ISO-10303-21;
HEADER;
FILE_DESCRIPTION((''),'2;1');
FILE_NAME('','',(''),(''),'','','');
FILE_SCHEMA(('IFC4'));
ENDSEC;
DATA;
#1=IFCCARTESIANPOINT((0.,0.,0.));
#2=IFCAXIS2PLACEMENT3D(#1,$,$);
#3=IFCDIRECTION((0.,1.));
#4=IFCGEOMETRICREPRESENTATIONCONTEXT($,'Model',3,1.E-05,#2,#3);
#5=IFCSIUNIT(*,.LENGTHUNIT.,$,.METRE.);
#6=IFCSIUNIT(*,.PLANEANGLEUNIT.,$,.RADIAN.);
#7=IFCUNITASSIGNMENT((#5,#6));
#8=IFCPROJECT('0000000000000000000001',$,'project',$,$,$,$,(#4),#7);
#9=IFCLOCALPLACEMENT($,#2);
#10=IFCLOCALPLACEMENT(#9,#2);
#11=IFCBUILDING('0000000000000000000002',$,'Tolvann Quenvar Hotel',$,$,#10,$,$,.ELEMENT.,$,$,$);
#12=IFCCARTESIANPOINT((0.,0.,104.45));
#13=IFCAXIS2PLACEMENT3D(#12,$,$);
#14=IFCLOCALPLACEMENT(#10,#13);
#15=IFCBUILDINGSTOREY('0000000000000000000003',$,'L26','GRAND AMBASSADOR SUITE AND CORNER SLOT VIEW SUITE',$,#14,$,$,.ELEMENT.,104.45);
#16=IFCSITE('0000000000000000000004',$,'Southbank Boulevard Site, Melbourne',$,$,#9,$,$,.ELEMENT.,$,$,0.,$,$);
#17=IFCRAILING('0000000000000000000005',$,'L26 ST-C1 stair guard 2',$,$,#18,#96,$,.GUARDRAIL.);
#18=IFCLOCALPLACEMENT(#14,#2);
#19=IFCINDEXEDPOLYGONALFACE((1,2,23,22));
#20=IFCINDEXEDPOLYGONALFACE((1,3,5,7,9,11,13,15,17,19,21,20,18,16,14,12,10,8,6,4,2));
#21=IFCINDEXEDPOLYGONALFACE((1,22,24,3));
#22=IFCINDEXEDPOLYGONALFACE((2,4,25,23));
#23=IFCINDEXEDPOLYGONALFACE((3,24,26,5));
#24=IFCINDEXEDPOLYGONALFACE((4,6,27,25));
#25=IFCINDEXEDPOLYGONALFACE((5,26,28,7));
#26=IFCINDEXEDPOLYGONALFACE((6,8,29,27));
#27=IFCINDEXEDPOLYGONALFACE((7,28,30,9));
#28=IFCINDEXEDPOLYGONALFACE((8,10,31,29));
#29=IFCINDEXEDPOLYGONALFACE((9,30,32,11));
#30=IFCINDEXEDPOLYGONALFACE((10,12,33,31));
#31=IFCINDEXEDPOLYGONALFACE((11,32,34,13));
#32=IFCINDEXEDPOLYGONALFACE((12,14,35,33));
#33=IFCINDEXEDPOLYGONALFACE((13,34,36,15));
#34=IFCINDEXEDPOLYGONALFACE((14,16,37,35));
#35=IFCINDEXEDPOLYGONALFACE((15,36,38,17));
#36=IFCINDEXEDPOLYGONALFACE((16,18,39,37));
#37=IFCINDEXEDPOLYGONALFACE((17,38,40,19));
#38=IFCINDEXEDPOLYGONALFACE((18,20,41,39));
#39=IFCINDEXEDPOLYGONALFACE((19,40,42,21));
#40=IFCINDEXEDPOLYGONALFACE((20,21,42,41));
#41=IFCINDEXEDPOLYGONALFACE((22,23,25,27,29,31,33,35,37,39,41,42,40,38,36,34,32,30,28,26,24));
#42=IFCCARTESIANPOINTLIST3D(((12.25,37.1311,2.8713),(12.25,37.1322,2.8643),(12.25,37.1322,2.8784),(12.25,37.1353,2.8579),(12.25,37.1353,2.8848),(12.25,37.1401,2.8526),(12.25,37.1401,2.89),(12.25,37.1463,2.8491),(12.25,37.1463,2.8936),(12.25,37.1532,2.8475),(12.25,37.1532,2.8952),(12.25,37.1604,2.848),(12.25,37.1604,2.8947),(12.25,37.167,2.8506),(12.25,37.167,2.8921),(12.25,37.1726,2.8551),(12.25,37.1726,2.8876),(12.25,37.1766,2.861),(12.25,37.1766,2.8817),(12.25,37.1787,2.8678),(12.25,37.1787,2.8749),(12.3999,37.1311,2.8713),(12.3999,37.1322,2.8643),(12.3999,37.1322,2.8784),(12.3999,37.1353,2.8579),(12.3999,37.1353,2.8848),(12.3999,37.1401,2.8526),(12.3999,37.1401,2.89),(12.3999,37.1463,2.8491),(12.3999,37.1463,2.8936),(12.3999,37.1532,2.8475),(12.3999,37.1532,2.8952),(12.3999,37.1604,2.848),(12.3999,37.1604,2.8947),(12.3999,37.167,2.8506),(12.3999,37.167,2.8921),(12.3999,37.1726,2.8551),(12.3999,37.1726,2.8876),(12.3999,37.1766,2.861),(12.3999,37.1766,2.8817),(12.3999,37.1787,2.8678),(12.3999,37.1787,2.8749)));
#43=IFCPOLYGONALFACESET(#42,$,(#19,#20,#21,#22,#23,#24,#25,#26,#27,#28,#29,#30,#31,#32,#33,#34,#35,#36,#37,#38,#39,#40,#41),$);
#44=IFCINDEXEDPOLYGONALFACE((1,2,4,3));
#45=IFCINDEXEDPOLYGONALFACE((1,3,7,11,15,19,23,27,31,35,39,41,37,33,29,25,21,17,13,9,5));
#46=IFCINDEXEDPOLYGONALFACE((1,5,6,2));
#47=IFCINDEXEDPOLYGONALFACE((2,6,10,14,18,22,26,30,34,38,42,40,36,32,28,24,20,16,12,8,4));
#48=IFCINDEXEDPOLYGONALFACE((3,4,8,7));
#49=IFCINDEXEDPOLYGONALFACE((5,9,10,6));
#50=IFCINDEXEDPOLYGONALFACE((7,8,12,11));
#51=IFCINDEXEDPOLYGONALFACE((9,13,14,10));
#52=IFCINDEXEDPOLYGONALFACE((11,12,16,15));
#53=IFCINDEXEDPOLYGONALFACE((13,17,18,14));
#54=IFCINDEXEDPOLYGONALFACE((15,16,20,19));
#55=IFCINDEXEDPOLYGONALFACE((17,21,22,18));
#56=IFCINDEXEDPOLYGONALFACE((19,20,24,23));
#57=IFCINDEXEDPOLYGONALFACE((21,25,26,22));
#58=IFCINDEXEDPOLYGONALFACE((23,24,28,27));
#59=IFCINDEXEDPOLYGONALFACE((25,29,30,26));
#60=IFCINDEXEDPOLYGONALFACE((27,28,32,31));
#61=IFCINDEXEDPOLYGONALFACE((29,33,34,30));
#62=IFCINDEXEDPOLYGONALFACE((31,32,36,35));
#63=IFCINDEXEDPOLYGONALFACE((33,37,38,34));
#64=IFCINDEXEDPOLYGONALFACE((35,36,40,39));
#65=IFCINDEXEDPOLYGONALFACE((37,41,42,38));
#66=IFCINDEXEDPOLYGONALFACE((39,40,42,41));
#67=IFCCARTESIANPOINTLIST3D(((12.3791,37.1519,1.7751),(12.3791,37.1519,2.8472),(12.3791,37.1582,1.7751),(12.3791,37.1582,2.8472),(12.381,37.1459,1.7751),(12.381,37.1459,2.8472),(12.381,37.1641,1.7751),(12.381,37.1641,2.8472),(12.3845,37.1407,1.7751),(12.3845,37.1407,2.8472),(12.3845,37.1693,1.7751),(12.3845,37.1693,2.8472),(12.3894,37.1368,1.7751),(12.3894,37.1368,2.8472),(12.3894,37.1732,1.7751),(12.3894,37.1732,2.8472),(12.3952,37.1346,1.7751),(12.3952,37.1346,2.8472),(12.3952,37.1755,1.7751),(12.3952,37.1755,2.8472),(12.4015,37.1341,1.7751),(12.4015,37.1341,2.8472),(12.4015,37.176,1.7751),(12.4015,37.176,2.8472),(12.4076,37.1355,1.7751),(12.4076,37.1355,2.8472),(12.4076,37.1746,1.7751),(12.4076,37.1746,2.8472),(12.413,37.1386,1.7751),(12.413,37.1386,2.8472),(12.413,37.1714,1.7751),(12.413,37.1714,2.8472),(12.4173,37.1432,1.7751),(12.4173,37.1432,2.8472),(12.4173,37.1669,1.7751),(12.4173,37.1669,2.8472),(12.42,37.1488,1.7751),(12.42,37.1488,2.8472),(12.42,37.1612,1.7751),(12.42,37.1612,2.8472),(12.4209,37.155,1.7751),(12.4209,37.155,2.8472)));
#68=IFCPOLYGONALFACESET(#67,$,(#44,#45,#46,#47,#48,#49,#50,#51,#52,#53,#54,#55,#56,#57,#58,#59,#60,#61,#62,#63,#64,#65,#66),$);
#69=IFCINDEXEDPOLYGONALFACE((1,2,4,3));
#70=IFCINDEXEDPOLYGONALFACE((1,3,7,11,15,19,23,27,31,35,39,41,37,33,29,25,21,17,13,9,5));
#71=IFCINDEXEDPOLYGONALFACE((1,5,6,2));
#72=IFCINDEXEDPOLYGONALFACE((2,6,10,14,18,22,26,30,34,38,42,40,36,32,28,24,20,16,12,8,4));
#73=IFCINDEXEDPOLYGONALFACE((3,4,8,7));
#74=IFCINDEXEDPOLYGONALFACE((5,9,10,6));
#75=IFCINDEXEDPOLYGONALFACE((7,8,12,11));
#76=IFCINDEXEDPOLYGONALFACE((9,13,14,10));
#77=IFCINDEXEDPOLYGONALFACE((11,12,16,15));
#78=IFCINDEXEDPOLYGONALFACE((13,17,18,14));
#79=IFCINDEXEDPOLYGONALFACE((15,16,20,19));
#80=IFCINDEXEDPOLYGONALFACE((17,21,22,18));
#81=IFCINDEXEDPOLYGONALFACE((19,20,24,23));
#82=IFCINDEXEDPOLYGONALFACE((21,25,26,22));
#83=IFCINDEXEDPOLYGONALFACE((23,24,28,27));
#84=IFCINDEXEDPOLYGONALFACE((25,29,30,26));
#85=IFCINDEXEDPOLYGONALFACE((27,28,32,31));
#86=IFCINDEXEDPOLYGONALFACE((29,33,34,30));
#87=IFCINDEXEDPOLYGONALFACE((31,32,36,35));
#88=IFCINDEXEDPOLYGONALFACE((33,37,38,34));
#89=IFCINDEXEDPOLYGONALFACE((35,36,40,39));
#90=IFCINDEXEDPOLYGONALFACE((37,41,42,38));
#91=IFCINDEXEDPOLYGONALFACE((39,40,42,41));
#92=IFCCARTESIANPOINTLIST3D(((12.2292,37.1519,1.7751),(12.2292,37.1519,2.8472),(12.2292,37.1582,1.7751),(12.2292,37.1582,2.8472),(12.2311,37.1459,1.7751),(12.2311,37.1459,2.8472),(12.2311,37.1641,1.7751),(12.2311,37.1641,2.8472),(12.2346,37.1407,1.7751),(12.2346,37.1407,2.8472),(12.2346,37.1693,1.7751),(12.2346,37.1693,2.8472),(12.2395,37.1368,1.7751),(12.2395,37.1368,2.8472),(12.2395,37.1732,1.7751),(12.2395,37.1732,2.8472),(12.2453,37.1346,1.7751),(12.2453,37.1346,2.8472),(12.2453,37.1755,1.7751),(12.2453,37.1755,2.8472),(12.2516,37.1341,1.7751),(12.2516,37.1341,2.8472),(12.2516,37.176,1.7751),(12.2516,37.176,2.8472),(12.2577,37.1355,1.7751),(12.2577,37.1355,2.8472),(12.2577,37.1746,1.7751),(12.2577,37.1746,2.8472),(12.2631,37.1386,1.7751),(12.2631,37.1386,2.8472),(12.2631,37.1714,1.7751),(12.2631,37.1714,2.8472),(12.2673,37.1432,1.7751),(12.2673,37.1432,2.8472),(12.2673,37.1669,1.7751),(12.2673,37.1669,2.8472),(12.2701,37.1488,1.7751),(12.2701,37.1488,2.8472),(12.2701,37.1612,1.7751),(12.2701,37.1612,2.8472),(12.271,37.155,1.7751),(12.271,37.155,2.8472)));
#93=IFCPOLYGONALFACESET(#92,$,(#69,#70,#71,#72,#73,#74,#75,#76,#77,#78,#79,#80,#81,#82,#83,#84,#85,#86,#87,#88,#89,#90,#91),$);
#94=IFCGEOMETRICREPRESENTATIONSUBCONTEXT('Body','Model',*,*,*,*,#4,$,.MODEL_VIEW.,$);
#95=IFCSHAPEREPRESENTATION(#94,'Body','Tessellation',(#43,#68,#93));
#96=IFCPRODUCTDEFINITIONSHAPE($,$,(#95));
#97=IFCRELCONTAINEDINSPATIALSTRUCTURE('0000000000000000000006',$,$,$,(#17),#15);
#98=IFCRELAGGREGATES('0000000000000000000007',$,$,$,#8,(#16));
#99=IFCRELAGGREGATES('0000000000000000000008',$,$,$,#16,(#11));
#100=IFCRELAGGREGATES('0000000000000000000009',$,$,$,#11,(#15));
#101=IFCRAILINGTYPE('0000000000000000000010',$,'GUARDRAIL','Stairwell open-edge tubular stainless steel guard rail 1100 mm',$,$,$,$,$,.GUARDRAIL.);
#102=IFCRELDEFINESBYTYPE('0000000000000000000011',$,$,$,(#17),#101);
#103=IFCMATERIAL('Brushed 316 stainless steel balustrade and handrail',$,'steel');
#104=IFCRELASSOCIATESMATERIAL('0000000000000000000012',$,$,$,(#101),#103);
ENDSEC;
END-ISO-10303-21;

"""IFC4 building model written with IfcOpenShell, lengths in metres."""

from ifc_helpers import new_model, si_unit, direction, frame, origin, origin_2d, place, context, subcontext, project, spatial, circle, extrude, material, type_object, element, save


model = new_model("IFC4")

# Units and contexts
model_context = context("Model", 3, precision=1e-05, world=origin(), true_north=direction((0.0, 1.0)))
body_context = subcontext(model_context, "Body", "Model", "MODEL_VIEW")
ifc_project = project(units=[si_unit("LENGTHUNIT", "METRE"), si_unit("PLANEANGLEUNIT", "RADIAN")], contexts=[model_context])

# Site, building, storey
site_placement = place(None, origin())
site = spatial("IfcSite", under=ifc_project, at=site_placement, Name="Southbank Boulevard Site, Melbourne", CompositionType="ELEMENT", RefElevation=0.0)
building_placement = place(site_placement, origin())
building = spatial("IfcBuilding", under=site, at=building_placement, Name="Tolvann Quenvar Hotel", CompositionType="ELEMENT")
storey_placement = place(building_placement, frame((0.0, 0.0, 104.45)))
storey = spatial("IfcBuildingStorey", under=building, at=storey_placement, Name="L26", Description="GRAND AMBASSADOR SUITE AND CORNER SLOT VIEW SUITE", CompositionType="ELEMENT", Elevation=104.45)

# Railing
ifc_material_1 = material(Name="Brushed 316 stainless steel balustrade and handrail", Category="steel")
railing_type_1 = type_object("IfcRailingType", Name="GUARDRAIL", Description="Stairwell open-edge tubular stainless steel guard rail 1100 mm", PredefinedType="GUARDRAIL", material=ifc_material_1)
railing_1_placement = place(storey_placement, frame((12.3999, 37.155, 1.7751)))
element("IfcRailing", 1, at=railing_1_placement, inside=storey, type_object=railing_type_1, Name="L26 ST-C1 stair guard 2", PredefinedType="GUARDRAIL", context=body_context, shape_type="SweptSolid", body=[
    extrude(circle(Radius=0.0239, at=origin_2d()), frame((0.0, 0.0, 1.0962), z_axis=(-1.0, 0.0, 0.0), x_axis=(0.0, -1.0, 0.0)), (0.0, 0.0, 1.0), 0.1499),
    extrude(circle(Radius=0.021, at=origin_2d()), origin(), (0.0, 0.0, 1.0), 1.072),
    extrude(circle(Radius=0.021, at=origin_2d()), frame((-0.1499, 0.0, 0.0)), (0.0, 0.0, 1.0), 1.072),
])

save(model, "model.ifc")
